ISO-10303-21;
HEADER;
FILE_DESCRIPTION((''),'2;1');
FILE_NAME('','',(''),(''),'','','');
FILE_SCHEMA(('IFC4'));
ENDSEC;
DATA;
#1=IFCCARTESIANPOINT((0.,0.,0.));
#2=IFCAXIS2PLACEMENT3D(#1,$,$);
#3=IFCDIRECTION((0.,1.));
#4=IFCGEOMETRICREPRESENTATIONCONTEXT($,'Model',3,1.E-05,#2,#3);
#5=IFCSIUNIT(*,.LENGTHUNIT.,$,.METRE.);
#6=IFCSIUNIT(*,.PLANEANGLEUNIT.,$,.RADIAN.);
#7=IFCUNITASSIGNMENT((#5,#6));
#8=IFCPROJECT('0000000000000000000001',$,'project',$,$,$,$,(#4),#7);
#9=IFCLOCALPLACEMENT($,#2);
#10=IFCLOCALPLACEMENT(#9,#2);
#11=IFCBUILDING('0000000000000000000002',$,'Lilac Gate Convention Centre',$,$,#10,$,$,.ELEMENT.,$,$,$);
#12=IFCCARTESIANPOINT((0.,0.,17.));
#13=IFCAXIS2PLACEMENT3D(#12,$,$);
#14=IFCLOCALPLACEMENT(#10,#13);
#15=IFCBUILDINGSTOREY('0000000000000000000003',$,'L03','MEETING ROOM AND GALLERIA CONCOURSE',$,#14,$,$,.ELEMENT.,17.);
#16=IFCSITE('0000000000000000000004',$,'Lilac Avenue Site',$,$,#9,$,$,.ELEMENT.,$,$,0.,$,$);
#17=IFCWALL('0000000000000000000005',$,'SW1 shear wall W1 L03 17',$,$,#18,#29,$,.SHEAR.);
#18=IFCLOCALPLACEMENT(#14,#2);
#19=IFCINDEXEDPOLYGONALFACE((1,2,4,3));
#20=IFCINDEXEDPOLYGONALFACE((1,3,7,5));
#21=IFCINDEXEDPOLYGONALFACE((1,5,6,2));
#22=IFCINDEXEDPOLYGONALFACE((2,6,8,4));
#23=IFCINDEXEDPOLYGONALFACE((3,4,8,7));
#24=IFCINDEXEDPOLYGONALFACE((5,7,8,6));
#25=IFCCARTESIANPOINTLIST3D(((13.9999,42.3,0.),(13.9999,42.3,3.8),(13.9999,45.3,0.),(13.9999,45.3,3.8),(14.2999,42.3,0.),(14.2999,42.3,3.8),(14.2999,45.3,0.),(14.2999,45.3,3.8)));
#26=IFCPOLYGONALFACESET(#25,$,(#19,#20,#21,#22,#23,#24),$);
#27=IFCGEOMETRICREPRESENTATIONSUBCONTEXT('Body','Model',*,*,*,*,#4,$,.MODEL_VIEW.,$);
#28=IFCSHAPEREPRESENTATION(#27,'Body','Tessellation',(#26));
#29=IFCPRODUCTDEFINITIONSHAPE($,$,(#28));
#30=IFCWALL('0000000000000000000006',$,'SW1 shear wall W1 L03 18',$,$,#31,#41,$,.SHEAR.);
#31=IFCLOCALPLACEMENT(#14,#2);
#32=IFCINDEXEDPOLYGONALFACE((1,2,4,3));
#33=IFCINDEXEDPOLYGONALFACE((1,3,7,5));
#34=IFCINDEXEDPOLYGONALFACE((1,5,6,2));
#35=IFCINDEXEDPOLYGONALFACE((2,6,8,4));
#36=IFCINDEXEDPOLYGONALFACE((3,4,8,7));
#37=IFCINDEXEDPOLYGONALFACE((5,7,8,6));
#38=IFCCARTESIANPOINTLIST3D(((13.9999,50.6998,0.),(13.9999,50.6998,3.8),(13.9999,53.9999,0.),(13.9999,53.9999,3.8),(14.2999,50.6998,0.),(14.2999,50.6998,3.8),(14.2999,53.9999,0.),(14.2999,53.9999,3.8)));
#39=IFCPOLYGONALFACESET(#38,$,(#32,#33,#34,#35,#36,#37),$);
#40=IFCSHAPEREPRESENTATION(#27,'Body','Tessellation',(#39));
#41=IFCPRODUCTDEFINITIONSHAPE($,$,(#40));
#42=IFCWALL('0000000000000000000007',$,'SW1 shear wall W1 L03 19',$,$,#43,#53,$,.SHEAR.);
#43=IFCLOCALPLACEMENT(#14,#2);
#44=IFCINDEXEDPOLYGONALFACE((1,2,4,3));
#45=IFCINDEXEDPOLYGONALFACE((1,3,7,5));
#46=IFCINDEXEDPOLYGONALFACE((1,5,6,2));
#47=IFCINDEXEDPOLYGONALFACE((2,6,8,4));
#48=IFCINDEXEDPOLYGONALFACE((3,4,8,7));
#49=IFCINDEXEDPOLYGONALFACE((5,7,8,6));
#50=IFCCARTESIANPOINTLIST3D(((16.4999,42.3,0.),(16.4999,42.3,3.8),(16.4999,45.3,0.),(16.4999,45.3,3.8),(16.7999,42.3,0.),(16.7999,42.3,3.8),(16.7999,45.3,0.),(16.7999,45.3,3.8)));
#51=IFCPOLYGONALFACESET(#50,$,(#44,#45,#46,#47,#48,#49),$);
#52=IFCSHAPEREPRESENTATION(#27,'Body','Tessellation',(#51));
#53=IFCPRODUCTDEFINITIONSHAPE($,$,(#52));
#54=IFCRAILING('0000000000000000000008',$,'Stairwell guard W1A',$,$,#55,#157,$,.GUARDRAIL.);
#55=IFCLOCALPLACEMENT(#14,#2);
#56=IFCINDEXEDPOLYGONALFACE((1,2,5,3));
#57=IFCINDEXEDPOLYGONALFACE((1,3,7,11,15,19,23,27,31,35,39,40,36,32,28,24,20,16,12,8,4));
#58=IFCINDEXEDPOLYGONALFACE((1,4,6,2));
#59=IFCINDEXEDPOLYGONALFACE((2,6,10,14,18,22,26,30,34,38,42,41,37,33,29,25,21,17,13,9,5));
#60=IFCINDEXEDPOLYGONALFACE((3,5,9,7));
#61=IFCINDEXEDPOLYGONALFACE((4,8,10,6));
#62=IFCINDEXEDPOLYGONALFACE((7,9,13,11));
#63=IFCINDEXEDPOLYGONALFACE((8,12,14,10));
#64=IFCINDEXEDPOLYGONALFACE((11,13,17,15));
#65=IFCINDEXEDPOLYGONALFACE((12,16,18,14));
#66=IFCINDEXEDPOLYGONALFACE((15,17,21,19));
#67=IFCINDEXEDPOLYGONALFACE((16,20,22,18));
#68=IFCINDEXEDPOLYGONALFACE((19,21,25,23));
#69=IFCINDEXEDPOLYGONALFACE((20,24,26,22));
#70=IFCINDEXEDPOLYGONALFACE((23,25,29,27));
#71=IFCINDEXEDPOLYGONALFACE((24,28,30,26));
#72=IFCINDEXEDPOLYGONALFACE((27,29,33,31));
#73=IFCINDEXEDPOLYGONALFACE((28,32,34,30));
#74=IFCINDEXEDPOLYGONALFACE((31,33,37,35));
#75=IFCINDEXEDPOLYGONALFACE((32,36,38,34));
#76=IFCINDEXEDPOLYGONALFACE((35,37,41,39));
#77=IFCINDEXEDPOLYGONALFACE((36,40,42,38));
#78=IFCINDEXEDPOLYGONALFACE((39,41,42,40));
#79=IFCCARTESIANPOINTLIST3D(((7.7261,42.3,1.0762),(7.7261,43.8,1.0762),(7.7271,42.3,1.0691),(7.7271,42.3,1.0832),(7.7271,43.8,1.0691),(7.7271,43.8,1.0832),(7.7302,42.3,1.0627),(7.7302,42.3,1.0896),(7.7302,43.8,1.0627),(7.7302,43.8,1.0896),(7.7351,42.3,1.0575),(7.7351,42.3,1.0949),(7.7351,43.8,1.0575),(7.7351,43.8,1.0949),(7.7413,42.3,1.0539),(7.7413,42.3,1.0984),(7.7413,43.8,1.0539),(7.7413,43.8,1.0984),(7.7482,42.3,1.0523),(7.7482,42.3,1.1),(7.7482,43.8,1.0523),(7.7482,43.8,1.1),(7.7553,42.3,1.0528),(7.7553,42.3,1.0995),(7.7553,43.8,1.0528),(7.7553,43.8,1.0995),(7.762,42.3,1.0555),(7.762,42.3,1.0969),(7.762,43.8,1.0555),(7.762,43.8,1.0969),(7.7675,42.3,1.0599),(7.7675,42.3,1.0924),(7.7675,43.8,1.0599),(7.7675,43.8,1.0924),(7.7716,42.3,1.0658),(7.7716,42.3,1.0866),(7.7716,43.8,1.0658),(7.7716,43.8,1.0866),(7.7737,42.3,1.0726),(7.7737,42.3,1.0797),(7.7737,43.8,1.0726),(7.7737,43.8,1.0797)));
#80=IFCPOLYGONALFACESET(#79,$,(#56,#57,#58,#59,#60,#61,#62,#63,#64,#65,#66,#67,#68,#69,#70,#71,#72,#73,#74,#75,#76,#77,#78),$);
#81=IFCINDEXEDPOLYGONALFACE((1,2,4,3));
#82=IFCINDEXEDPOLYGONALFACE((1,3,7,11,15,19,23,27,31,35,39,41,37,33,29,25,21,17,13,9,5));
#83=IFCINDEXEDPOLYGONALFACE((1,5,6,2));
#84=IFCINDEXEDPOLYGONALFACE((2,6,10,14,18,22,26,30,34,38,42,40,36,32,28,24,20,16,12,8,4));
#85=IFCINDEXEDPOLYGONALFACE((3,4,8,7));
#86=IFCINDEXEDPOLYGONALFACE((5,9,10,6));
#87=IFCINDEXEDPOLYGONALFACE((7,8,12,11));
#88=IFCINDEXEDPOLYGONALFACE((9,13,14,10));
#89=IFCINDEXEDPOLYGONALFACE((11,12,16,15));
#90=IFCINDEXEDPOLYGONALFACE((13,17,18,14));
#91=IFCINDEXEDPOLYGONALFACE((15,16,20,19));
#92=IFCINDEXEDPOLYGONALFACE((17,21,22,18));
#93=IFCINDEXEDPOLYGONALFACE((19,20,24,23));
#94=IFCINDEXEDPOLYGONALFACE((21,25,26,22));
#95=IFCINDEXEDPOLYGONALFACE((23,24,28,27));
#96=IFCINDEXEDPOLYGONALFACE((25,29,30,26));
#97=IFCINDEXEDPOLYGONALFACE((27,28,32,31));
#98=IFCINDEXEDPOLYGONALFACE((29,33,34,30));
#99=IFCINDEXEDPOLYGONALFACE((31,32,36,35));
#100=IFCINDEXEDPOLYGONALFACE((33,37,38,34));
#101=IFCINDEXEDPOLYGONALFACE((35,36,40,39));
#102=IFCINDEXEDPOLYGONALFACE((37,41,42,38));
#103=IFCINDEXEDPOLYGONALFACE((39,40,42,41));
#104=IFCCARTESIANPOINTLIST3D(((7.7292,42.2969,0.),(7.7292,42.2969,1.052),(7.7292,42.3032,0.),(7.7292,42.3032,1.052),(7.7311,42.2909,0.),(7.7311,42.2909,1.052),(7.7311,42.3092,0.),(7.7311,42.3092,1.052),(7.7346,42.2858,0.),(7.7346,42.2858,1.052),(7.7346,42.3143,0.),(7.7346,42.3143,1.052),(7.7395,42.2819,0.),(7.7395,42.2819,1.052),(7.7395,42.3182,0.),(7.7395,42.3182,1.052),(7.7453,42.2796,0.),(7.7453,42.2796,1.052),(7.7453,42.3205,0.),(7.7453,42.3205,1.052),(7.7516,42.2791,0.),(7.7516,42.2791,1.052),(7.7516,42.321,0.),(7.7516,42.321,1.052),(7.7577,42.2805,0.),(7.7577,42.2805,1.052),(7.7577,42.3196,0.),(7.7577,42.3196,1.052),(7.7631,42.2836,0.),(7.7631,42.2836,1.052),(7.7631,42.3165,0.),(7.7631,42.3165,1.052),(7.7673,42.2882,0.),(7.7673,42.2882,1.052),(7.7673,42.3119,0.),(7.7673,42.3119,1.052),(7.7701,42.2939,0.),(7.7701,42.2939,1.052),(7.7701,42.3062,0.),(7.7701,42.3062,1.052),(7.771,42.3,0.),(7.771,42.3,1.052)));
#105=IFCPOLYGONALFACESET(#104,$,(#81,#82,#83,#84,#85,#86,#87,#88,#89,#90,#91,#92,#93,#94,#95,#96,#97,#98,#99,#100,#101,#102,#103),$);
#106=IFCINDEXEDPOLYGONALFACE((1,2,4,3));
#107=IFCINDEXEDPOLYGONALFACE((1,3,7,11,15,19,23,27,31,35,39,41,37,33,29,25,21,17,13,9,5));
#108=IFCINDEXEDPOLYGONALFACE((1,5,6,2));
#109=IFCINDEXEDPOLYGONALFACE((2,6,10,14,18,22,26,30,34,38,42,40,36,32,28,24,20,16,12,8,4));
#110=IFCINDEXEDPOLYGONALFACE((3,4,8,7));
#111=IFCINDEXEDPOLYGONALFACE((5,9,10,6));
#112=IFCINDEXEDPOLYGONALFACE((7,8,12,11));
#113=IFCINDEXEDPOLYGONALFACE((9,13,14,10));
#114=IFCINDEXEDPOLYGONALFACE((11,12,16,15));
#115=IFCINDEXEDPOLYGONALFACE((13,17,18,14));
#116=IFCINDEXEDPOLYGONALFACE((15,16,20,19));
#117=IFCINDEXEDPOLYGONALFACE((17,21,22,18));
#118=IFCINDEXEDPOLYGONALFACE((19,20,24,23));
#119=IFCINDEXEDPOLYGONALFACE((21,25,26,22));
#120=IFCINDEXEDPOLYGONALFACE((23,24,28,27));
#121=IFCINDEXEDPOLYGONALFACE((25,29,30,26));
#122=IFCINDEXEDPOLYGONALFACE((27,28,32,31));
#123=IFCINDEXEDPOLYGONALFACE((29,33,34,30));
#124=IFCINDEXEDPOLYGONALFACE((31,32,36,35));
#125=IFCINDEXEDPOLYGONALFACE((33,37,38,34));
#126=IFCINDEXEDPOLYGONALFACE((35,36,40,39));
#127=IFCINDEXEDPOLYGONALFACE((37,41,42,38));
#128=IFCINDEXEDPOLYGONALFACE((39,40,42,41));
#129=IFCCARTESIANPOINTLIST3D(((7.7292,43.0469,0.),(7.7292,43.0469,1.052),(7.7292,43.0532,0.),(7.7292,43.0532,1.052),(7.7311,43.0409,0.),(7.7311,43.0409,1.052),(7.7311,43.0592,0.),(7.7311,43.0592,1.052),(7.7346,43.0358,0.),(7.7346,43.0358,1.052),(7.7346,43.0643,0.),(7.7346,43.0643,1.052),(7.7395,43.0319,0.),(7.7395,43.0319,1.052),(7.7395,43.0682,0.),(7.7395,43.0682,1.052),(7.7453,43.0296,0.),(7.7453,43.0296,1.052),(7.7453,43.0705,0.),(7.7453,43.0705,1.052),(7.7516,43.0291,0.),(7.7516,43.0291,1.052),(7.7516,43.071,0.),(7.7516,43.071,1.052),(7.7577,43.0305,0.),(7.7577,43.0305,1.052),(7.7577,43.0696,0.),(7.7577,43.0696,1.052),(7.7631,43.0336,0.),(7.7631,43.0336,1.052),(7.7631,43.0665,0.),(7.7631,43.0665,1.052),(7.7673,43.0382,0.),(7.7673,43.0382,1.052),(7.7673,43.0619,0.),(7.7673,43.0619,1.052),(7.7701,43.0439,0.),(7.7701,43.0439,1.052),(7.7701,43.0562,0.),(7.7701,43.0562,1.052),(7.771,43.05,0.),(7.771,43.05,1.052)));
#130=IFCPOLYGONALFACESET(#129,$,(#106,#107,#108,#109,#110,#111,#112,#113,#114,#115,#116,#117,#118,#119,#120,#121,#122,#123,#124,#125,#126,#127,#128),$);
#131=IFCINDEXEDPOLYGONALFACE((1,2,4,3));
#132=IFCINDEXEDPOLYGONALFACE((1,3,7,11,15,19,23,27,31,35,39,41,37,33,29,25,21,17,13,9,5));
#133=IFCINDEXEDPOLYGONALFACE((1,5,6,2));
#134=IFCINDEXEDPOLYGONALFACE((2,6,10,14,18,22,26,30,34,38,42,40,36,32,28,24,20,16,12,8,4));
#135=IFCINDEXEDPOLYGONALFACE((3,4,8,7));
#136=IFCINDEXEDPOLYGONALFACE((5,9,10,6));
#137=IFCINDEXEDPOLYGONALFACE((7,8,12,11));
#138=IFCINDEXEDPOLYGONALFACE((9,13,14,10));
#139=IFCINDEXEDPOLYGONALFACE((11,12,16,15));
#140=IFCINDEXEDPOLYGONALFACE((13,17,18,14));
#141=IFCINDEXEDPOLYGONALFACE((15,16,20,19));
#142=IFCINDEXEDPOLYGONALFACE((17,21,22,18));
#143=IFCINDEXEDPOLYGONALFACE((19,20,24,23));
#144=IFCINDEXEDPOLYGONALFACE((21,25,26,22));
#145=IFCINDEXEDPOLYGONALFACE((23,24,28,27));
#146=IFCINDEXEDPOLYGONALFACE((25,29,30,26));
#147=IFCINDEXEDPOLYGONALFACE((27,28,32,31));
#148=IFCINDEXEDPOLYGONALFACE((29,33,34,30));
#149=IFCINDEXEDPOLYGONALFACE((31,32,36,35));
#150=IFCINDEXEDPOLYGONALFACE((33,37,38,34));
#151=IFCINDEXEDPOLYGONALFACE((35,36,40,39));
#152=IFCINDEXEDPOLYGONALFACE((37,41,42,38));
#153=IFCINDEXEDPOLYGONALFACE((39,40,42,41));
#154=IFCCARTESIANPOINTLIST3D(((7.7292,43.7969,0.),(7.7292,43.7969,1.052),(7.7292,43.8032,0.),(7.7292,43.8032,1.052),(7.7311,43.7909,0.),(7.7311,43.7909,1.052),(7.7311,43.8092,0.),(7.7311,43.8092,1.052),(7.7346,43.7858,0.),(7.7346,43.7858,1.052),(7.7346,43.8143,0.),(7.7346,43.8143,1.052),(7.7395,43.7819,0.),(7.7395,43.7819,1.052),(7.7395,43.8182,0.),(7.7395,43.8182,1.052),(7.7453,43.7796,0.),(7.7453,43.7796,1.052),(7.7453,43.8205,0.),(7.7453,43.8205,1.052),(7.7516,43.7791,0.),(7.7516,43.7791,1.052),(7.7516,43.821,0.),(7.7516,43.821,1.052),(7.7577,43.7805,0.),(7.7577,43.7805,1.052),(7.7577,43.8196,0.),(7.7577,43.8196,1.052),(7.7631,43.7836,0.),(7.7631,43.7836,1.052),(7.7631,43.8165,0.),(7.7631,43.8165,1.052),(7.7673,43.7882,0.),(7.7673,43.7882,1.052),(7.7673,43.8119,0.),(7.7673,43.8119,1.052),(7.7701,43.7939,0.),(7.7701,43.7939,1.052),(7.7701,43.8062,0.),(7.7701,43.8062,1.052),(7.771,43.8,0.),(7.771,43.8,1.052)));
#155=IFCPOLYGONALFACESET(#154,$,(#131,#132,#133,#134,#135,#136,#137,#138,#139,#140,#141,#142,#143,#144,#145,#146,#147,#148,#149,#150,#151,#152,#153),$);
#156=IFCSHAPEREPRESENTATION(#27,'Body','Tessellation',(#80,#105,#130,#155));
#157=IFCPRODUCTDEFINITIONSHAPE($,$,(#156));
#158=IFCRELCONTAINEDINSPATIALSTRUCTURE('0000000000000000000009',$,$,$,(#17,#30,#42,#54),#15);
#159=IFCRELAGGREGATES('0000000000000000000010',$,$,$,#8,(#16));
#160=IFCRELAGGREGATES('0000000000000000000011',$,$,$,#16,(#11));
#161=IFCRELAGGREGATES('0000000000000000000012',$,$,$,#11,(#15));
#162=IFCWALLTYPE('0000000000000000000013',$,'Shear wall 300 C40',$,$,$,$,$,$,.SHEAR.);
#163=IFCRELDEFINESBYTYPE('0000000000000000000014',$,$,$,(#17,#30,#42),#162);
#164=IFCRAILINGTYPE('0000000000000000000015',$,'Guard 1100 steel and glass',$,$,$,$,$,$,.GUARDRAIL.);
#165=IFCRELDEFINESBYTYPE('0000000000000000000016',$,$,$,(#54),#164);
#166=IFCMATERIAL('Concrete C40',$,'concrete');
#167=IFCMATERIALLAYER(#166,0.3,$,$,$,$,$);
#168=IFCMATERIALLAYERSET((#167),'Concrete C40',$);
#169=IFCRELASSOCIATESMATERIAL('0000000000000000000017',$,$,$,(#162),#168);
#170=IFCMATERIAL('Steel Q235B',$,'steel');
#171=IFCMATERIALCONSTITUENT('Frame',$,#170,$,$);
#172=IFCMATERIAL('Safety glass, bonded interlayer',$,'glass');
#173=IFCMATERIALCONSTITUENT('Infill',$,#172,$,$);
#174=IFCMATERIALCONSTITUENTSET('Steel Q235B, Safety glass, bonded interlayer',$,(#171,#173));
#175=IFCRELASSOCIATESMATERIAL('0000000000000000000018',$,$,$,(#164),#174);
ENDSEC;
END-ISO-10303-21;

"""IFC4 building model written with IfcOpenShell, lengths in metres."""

from ifc_helpers import new_model, si_unit, direction, frame, frame_2d, origin, origin_2d, place, context, subcontext, project, spatial, rectangle, circle, extrude, material, layer, layer_set, constituent, constituent_set, type_object, element, save


model = new_model("IFC4")

# Units and contexts
model_context = context("Model", 3, precision=1e-05, world=origin(), true_north=direction((0.0, 1.0)))
body_context = subcontext(model_context, "Body", "Model", "MODEL_VIEW")
ifc_project = project(units=[si_unit("LENGTHUNIT", "METRE"), si_unit("PLANEANGLEUNIT", "RADIAN")], contexts=[model_context])

# Site, building, storey
site_placement = place(None, origin())
site = spatial("IfcSite", under=ifc_project, at=site_placement, Name="Lilac Avenue Site", CompositionType="ELEMENT", RefElevation=0.0)
building_placement = place(site_placement, origin())
building = spatial("IfcBuilding", under=site, at=building_placement, Name="Lilac Gate Convention Centre", CompositionType="ELEMENT")
storey_placement = place(building_placement, frame((0.0, 0.0, 17.0)))
storey = spatial("IfcBuildingStorey", under=building, at=storey_placement, Name="L03", Description="MEETING ROOM AND GALLERIA CONCOURSE", CompositionType="ELEMENT", Elevation=17.0)

# Shared definitions
ifc_material_1 = material(Name="Concrete C40", Category="concrete")

# Shared definitions
ifc_layer_1 = layer(ifc_material_1, 0.3)
ifc_layer_set_1 = layer_set([ifc_layer_1], Name="Concrete C40")
wall_type_1 = type_object("IfcWallType", Name="Shear wall 300 C40", PredefinedType="SHEAR", material=ifc_layer_set_1)

# Walls
wall_1_placement = place(storey_placement, frame((14.1499, 42.3, 0.0), z_axis=(0.0, 0.0, 1.0), x_axis=(0.0, 1.0, 0.0)))
element("IfcWall", 1, at=wall_1_placement, inside=storey, type_object=wall_type_1, Name="SW1 shear wall W1 L03 17", PredefinedType="SHEAR", context=body_context, shape_type="SweptSolid", body=[
    extrude(rectangle(XDim=3.0, YDim=0.3, at=frame_2d((1.5, 0.0))), origin(), (0.0, 0.0, 1.0), 3.8),
])
wall_2_placement = place(storey_placement, frame((14.1499, 50.7, 0.0), z_axis=(0.0, 0.0, 1.0), x_axis=(0.0, 1.0, 0.0)))
element("IfcWall", 2, at=wall_2_placement, inside=storey, type_object=wall_type_1, Name="SW1 shear wall W1 L03 18", PredefinedType="SHEAR", context=body_context, shape_type="SweptSolid", body=[
    extrude(rectangle(XDim=3.3, YDim=0.3, at=frame_2d((1.6499, 0.0))), origin(), (0.0, 0.0, 1.0), 3.8),
])
wall_3_placement = place(storey_placement, frame((16.6499, 42.3, 0.0), z_axis=(0.0, 0.0, 1.0), x_axis=(0.0, 1.0, 0.0)))
element("IfcWall", 3, at=wall_3_placement, inside=storey, type_object=wall_type_1, Name="SW1 shear wall W1 L03 19", PredefinedType="SHEAR", context=body_context, shape_type="SweptSolid", body=[
    extrude(rectangle(XDim=3.0, YDim=0.3, at=frame_2d((1.5, 0.0))), origin(), (0.0, 0.0, 1.0), 3.8),
])

# Railing
ifc_material_2 = material(Name="Steel Q235B", Category="steel")
ifc_constituent_1 = constituent(ifc_material_2, Name="Frame")
ifc_material_3 = material(Name="Safety glass, bonded interlayer", Category="glass")
ifc_constituent_2 = constituent(ifc_material_3, Name="Infill")
ifc_constituent_set = constituent_set(constituents=[ifc_constituent_1, ifc_constituent_2], Name="Steel Q235B, Safety glass, bonded interlayer")
railing_type = type_object("IfcRailingType", Name="Guard 1100 steel and glass", PredefinedType="GUARDRAIL", material=ifc_constituent_set)
for number, where, name in (
    (4, (7.75, 42.3, 0.0), "Stairwell guard W1A"),
):
    element("IfcRailing", number, at=place(storey_placement, frame(where)), inside=storey, type_object=railing_type, Name=name, PredefinedType="GUARDRAIL", context=body_context, shape_type="SweptSolid", body=[
        extrude(circle(Radius=0.0239, at=origin_2d()), frame((0.0, 0.0, 1.0762), z_axis=(0.0, 1.0, 0.0), x_axis=(-1.0, 0.0, 0.0)), (0.0, 0.0, 1.0), 1.5),
        extrude(circle(Radius=0.021, at=origin_2d()), origin(), (0.0, 0.0, 1.0), 1.052),
        extrude(circle(Radius=0.021, at=origin_2d()), frame((0.0, 0.75, 0.0)), (0.0, 0.0, 1.0), 1.052),
        extrude(circle(Radius=0.021, at=origin_2d()), frame((0.0, 1.5, 0.0)), (0.0, 0.0, 1.0), 1.052),
    ])

save(model, "model.ifc")
